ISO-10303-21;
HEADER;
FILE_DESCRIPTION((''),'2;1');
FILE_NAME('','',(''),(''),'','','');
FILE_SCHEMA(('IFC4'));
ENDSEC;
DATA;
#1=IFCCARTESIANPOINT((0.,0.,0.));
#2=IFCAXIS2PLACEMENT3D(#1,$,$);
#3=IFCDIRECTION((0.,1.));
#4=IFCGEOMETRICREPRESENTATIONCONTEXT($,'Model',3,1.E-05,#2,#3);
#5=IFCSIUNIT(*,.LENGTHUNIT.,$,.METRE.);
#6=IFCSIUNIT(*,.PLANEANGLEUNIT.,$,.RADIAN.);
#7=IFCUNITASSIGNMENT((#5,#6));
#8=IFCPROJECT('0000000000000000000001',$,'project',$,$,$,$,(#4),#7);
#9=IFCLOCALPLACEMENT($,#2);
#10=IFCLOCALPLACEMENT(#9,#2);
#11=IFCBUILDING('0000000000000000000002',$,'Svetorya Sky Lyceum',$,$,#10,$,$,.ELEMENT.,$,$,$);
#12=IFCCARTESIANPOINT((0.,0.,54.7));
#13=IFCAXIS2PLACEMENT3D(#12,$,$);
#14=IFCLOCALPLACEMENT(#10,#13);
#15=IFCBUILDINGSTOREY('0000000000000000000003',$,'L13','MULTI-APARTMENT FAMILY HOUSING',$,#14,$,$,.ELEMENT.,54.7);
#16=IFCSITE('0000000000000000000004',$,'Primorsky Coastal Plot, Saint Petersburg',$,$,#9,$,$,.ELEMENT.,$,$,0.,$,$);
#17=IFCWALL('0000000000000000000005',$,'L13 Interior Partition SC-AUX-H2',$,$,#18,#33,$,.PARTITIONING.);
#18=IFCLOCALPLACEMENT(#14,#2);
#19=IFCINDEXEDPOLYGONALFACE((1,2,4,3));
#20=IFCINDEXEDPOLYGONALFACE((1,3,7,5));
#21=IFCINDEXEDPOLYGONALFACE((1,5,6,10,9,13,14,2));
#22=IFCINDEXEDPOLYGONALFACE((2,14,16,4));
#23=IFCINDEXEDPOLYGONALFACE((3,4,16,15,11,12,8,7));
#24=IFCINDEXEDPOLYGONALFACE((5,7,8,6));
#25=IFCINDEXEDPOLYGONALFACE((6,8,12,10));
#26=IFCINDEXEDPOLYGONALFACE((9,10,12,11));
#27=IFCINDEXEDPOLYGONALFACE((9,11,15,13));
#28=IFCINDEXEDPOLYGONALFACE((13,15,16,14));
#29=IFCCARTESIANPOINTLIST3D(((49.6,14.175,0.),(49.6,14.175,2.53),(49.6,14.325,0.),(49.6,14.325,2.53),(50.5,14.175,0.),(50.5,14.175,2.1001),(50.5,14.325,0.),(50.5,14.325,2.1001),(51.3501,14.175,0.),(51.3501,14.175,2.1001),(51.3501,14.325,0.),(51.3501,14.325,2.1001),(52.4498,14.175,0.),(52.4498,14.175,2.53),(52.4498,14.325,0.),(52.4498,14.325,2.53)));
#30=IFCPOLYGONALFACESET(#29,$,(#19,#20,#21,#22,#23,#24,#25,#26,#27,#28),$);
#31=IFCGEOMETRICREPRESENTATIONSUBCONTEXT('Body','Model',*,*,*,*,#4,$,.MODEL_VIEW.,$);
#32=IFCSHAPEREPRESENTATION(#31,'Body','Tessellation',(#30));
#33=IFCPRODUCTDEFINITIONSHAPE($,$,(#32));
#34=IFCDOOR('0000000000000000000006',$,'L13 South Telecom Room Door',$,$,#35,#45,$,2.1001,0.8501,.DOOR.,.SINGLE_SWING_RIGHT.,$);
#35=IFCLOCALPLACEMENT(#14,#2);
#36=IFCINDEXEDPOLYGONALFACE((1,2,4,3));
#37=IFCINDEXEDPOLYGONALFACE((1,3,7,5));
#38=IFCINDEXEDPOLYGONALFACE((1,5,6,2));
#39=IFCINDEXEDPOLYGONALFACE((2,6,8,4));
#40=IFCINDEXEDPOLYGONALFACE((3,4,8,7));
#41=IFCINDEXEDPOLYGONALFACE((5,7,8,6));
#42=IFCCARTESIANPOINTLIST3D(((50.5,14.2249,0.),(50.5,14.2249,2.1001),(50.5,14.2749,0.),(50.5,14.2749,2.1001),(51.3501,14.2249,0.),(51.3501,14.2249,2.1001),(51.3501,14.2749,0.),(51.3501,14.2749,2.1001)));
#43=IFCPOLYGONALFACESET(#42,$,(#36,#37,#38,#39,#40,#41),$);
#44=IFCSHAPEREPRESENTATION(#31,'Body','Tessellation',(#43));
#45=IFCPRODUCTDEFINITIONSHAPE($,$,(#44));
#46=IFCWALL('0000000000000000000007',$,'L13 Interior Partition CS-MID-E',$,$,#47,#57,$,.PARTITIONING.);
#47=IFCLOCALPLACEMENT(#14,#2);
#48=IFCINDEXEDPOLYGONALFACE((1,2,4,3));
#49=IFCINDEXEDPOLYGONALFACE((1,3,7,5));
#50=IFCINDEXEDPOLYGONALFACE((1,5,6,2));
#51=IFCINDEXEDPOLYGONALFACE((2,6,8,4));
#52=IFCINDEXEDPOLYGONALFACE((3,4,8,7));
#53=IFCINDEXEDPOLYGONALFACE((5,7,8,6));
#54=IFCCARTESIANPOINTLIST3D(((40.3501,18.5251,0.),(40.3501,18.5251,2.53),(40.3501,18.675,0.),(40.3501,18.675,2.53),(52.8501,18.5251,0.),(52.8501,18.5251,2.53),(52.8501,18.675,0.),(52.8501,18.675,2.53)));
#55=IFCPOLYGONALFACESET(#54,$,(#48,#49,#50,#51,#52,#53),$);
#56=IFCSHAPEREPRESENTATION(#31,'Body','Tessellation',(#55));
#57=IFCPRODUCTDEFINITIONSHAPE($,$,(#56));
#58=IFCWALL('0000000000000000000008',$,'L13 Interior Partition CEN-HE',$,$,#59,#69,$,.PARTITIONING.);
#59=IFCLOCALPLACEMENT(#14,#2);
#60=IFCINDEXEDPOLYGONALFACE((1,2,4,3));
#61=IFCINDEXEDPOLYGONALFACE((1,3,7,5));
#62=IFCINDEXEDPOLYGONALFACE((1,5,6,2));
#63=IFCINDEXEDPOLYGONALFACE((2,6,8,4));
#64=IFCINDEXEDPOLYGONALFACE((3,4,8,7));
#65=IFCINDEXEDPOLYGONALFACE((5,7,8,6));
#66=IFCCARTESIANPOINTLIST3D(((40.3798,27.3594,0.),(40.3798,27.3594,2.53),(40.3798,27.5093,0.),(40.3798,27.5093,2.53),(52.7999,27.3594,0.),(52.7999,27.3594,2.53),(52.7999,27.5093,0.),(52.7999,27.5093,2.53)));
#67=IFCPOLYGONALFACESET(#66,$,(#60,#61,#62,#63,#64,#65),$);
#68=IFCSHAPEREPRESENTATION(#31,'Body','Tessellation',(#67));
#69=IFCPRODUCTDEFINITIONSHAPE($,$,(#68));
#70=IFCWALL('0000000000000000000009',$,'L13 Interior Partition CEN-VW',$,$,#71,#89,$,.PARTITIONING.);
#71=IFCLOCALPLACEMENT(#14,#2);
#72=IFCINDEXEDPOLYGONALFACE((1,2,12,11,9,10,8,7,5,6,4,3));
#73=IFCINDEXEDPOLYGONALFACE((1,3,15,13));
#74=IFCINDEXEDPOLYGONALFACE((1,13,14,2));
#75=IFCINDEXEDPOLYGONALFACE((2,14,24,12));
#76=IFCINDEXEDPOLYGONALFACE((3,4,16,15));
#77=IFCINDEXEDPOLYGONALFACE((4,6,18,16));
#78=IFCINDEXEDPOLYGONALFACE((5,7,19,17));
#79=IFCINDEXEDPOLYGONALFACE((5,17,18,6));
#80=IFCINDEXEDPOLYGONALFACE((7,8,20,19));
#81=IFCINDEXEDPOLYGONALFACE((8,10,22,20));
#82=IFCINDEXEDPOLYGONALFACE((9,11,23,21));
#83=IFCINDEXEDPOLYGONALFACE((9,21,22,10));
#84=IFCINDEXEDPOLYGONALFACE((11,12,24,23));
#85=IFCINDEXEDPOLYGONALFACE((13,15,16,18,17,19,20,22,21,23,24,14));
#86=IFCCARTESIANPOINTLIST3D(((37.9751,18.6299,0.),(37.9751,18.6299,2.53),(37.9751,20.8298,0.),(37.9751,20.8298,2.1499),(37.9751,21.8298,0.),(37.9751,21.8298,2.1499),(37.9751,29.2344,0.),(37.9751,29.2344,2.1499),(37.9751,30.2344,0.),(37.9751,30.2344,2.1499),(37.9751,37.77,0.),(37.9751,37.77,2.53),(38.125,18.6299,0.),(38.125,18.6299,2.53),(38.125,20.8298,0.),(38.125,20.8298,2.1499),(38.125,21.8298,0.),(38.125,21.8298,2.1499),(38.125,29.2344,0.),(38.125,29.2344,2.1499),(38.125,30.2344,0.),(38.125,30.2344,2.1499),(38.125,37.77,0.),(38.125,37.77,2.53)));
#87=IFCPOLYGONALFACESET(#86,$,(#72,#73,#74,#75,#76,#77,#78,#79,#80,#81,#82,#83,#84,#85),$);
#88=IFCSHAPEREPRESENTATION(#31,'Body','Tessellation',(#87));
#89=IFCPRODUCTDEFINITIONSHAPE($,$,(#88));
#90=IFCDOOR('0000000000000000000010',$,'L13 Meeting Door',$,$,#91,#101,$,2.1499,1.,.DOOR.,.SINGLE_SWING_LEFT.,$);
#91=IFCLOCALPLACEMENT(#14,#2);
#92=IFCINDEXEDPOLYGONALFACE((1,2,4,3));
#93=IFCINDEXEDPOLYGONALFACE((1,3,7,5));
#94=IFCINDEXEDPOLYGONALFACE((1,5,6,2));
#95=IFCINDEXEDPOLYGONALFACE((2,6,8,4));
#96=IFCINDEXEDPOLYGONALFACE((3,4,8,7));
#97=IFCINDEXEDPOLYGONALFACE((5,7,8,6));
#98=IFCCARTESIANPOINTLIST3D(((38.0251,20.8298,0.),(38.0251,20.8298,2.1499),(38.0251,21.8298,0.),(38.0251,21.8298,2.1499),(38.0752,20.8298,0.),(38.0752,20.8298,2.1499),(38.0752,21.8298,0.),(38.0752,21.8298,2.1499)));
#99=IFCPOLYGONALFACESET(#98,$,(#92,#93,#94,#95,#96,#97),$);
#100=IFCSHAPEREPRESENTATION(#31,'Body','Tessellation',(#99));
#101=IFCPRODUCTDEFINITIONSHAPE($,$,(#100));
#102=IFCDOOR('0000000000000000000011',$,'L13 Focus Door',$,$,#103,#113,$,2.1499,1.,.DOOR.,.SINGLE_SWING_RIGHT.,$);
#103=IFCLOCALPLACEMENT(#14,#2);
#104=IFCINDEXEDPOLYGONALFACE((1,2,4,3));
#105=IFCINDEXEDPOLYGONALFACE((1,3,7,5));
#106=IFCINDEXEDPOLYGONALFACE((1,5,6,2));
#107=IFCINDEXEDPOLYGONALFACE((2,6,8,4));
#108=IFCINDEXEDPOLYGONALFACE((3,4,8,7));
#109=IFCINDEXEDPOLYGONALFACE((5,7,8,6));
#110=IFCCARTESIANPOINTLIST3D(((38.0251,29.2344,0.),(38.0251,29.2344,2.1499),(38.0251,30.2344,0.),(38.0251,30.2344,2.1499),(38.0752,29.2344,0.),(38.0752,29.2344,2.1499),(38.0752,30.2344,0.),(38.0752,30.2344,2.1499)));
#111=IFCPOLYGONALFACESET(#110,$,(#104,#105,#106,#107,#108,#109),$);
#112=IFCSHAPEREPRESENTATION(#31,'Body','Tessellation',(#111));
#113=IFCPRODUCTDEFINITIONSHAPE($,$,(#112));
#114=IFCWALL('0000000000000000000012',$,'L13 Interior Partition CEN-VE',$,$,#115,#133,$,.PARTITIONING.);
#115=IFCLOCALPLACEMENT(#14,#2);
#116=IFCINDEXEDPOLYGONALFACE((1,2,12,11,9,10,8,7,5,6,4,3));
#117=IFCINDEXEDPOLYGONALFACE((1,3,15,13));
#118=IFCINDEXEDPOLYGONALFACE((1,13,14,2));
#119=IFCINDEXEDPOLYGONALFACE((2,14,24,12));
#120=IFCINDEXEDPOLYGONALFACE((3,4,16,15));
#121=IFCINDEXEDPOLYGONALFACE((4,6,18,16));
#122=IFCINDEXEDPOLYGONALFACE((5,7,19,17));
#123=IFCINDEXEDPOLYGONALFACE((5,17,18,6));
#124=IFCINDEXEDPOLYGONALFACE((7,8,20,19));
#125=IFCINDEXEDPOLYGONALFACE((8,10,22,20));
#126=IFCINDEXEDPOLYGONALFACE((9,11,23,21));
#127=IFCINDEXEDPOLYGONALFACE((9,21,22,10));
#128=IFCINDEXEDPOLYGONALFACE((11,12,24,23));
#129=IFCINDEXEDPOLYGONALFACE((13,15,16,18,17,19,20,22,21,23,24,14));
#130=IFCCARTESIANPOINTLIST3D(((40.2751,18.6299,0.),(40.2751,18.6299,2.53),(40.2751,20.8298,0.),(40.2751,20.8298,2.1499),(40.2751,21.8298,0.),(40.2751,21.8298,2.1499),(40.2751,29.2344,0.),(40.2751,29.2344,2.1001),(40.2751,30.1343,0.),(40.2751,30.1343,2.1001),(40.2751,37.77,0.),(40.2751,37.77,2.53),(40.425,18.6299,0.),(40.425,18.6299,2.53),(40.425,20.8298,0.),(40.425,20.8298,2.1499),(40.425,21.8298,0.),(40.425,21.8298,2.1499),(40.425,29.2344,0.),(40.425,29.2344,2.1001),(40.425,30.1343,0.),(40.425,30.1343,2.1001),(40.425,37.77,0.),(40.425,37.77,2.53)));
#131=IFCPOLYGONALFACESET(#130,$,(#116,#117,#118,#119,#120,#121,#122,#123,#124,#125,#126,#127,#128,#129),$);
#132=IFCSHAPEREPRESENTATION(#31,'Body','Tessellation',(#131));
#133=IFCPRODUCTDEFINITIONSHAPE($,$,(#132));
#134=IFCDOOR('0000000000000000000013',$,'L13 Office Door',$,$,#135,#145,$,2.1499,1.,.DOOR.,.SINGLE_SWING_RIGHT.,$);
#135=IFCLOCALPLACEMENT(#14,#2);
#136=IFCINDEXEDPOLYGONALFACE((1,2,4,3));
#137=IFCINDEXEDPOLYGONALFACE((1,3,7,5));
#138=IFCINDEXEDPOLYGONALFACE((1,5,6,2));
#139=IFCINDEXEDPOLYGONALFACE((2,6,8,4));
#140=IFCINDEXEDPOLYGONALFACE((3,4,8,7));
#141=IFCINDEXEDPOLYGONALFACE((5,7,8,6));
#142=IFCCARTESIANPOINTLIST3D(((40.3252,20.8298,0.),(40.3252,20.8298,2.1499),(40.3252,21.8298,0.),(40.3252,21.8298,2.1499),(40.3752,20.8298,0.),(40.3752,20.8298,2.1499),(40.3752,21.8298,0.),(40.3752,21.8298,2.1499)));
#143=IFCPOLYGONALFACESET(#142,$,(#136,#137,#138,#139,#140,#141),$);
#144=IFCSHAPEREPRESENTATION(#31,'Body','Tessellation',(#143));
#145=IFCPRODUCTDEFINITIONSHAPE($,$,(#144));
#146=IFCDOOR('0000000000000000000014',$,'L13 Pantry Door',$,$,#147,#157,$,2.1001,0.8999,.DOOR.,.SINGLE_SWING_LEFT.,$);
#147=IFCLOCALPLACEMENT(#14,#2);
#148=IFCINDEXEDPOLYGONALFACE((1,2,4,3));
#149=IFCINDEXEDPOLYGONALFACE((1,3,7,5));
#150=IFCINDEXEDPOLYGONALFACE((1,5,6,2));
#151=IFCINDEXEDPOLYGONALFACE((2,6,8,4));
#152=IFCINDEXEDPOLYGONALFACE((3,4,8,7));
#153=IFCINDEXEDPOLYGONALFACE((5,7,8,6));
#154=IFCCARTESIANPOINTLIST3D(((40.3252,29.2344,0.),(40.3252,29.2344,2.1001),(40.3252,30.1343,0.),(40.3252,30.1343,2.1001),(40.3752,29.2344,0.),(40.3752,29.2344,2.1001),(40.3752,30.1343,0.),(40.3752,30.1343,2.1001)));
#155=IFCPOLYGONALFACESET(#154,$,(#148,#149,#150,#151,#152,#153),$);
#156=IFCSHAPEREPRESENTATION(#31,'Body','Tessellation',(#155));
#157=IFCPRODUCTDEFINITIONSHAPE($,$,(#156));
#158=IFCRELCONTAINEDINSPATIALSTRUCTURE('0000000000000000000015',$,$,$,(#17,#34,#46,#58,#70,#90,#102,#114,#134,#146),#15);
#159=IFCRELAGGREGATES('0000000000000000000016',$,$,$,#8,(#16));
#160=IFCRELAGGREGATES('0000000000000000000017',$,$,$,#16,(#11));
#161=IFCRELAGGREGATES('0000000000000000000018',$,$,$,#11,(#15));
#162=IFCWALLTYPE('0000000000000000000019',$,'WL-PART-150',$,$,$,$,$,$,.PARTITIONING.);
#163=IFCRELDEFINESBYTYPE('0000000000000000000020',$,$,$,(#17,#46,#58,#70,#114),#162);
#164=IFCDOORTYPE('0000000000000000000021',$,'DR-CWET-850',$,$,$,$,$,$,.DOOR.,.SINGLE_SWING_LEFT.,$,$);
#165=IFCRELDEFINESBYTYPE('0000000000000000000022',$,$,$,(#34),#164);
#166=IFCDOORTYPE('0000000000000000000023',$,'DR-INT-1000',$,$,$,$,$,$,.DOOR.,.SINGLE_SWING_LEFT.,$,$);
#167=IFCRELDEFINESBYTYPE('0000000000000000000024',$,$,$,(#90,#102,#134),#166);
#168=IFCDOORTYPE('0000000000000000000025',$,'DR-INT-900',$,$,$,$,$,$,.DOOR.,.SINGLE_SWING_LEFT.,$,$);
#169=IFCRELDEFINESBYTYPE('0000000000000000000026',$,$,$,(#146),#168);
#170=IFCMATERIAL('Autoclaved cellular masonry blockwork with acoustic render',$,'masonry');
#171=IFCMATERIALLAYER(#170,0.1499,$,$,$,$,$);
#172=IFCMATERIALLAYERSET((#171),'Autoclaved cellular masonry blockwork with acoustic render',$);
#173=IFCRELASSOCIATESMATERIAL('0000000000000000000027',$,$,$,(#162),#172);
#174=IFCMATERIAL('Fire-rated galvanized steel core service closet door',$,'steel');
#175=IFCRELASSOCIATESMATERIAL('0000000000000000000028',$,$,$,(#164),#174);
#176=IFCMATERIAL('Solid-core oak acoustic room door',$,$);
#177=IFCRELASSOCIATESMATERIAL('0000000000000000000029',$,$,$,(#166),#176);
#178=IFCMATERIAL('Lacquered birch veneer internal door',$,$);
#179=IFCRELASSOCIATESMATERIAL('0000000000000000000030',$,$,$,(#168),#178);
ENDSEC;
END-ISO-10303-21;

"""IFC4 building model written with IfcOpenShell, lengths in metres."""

from ifc_helpers import new_model, si_unit, direction, frame, frame_2d, origin, place, context, subcontext, project, spatial, rectangle, extrude, material, layer, layer_set, type_object, element, fill, save


model = new_model("IFC4")

# Units and contexts
model_context = context("Model", 3, precision=1e-05, world=origin(), true_north=direction((0.0, 1.0)))
body_context = subcontext(model_context, "Body", "Model", "MODEL_VIEW")
ifc_project = project(units=[si_unit("LENGTHUNIT", "METRE"), si_unit("PLANEANGLEUNIT", "RADIAN")], contexts=[model_context])

# Site, building, storey
site_placement = place(None, origin())
site = spatial("IfcSite", under=ifc_project, at=site_placement, Name="Primorsky Coastal Plot, Saint Petersburg", CompositionType="ELEMENT", RefElevation=0.0)
building_placement = place(site_placement, origin())
building = spatial("IfcBuilding", under=site, at=building_placement, Name="Svetorya Sky Lyceum", CompositionType="ELEMENT")
storey_placement = place(building_placement, frame((0.0, 0.0, 54.7)))
storey = spatial("IfcBuildingStorey", under=building, at=storey_placement, Name="L13", Description="MULTI-APARTMENT FAMILY HOUSING", CompositionType="ELEMENT", Elevation=54.7)

# Shared definitions
ifc_material_1 = material(Name="Autoclaved cellular masonry blockwork with acoustic render", Category="masonry")
ifc_layer_1 = layer(ifc_material_1, 0.1499)
ifc_layer_set_1 = layer_set([ifc_layer_1], Name="Autoclaved cellular masonry blockwork with acoustic render")
wall_type_1 = type_object("IfcWallType", Name="WL-PART-150", PredefinedType="PARTITIONING", material=ifc_layer_set_1)

# Wall, opening, door
wall_1_placement = place(storey_placement, frame((49.6001, 14.25, 0.0), z_axis=(0.0, 0.0, 1.0), x_axis=(1.0, 0.0, 0.0)))
wall_1 = element("IfcWall", 1, at=wall_1_placement, inside=storey, type_object=wall_type_1, Name="L13 Interior Partition SC-AUX-H2", PredefinedType="PARTITIONING", context=body_context, shape_type="SweptSolid", body=[
    extrude(rectangle(XDim=2.8499, YDim=0.1499, at=frame_2d((1.4248, 0.0))), origin(), (0.0, 0.0, 1.0), 2.53),
])
opening_1_placement = place(wall_1_placement, frame((0.8999, 0.0, 0.0)))
opening_1 = element("IfcOpeningElement", 2, at=opening_1_placement, cuts=wall_1, PredefinedType="OPENING", context=body_context, shape_type="SweptSolid", body=[
    extrude(rectangle(XDim=0.8501, YDim=2.1001, at=frame_2d((0.425, 1.05))), frame((0.0, 0.085, 0.0), z_axis=(0.0, -1.0, 0.0), x_axis=(1.0, 0.0, 0.0)), (0.0, 0.0, 1.0), 0.1699),
])
ifc_material_2 = material(Name="Fire-rated galvanized steel core service closet door", Category="steel")
door_type_1 = type_object("IfcDoorType", Name="DR-CWET-850", OperationType="SINGLE_SWING_LEFT", PredefinedType="DOOR", material=ifc_material_2)
door_1_placement = place(opening_1_placement, origin())
door_1 = element("IfcDoor", 3, at=door_1_placement, inside=storey, type_object=door_type_1, Name="L13 South Telecom Room Door", OperationType="SINGLE_SWING_RIGHT", OverallHeight=2.1001, OverallWidth=0.8501, PredefinedType="DOOR", context=body_context, shape_type="SweptSolid", body=[
    extrude(rectangle(XDim=0.8501, YDim=2.1001, at=frame_2d((0.425, 1.05))), frame((0.0, 0.0249, 0.0), z_axis=(0.0, -1.0, 0.0), x_axis=(1.0, 0.0, 0.0)), (0.0, 0.0, 1.0), 0.05),
])
fill(opening_1, door_1)

# Walls
wall_2_placement = place(storey_placement, frame((40.3501, 18.6001, 0.0), z_axis=(0.0, 0.0, 1.0), x_axis=(1.0, 0.0, 0.0)))
element("IfcWall", 4, at=wall_2_placement, inside=storey, type_object=wall_type_1, Name="L13 Interior Partition CS-MID-E", PredefinedType="PARTITIONING", context=body_context, shape_type="SweptSolid", body=[
    extrude(rectangle(XDim=12.5, YDim=0.1499, at=frame_2d((6.25, 0.0))), origin(), (0.0, 0.0, 1.0), 2.53),
])
wall_3_placement = place(storey_placement, frame((40.3799, 27.4343, 0.0), z_axis=(0.0, 0.0, 1.0), x_axis=(1.0, 0.0, 0.0)))
element("IfcWall", 5, at=wall_3_placement, inside=storey, type_object=wall_type_1, Name="L13 Interior Partition CEN-HE", PredefinedType="PARTITIONING", context=body_context, shape_type="SweptSolid", body=[
    extrude(rectangle(XDim=12.4202, YDim=0.1499, at=frame_2d((6.21, 0.0))), origin(), (0.0, 0.0, 1.0), 2.53),
])

# Walls, openings, doors
wall_4_placement = place(storey_placement, frame((38.05, 18.6299, 0.0), z_axis=(0.0, 0.0, 1.0), x_axis=(0.0, 1.0, 0.0)))
wall_4 = element("IfcWall", 6, at=wall_4_placement, inside=storey, type_object=wall_type_1, Name="L13 Interior Partition CEN-VW", PredefinedType="PARTITIONING", context=body_context, shape_type="SweptSolid", body=[
    extrude(rectangle(XDim=19.1401, YDim=0.1499, at=frame_2d((9.5701, 0.0))), origin(), (0.0, 0.0, 1.0), 2.53),
])
opening_2_placement = place(wall_4_placement, frame((2.2, 0.0, 0.0)))
opening_2 = element("IfcOpeningElement", 7, at=opening_2_placement, cuts=wall_4, PredefinedType="OPENING", context=body_context, shape_type="SweptSolid", body=[
    extrude(rectangle(XDim=1.0, YDim=2.1499, at=frame_2d((0.5, 1.075))), frame((0.0, 0.085, 0.0), z_axis=(0.0, -1.0, 0.0), x_axis=(1.0, 0.0, 0.0)), (0.0, 0.0, 1.0), 0.1699),
])
opening_3_placement = place(wall_4_placement, frame((10.6045, 0.0, 0.0)))
opening_3 = element("IfcOpeningElement", 8, at=opening_3_placement, cuts=wall_4, PredefinedType="OPENING", context=body_context, shape_type="SweptSolid", body=[
    extrude(rectangle(XDim=1.0, YDim=2.1499, at=frame_2d((0.5, 1.075))), frame((0.0, 0.085, 0.0), z_axis=(0.0, -1.0, 0.0), x_axis=(1.0, 0.0, 0.0)), (0.0, 0.0, 1.0), 0.1699),
])
ifc_material_3 = material(Name="Solid-core oak acoustic room door")
door_type_2 = type_object("IfcDoorType", Name="DR-INT-1000", OperationType="SINGLE_SWING_LEFT", PredefinedType="DOOR", material=ifc_material_3)
door_2_placement = place(opening_2_placement, origin())
door_2 = element("IfcDoor", 9, at=door_2_placement, inside=storey, type_object=door_type_2, Name="L13 Meeting Door", OperationType="SINGLE_SWING_LEFT", OverallHeight=2.1499, OverallWidth=1.0, PredefinedType="DOOR", context=body_context, shape_type="SweptSolid", body=[
    extrude(rectangle(XDim=1.0, YDim=2.1499, at=frame_2d((0.5, 1.075))), frame((0.0, 0.0249, 0.0), z_axis=(0.0, -1.0, 0.0), x_axis=(1.0, 0.0, 0.0)), (0.0, 0.0, 1.0), 0.05),
])
fill(opening_2, door_2)
door_3_placement = place(opening_3_placement, origin())
door_3 = element("IfcDoor", 10, at=door_3_placement, inside=storey, type_object=door_type_2, Name="L13 Focus Door", OperationType="SINGLE_SWING_RIGHT", OverallHeight=2.1499, OverallWidth=1.0, PredefinedType="DOOR", context=body_context, shape_type="SweptSolid", body=[
    extrude(rectangle(XDim=1.0, YDim=2.1499, at=frame_2d((0.5, 1.075))), frame((0.0, 0.0249, 0.0), z_axis=(0.0, -1.0, 0.0), x_axis=(1.0, 0.0, 0.0)), (0.0, 0.0, 1.0), 0.05),
])
fill(opening_3, door_3)
wall_5_placement = place(storey_placement, frame((40.3501, 18.6299, 0.0), z_axis=(0.0, 0.0, 1.0), x_axis=(0.0, 1.0, 0.0)))
wall_5 = element("IfcWall", 11, at=wall_5_placement, inside=storey, type_object=wall_type_1, Name="L13 Interior Partition CEN-VE", PredefinedType="PARTITIONING", context=body_context, shape_type="SweptSolid", body=[
    extrude(rectangle(XDim=19.1401, YDim=0.1499, at=frame_2d((9.5701, 0.0))), origin(), (0.0, 0.0, 1.0), 2.53),
])
opening_4_placement = place(wall_5_placement, frame((2.2, 0.0, 0.0)))
opening_4 = element("IfcOpeningElement", 12, at=opening_4_placement, cuts=wall_5, PredefinedType="OPENING", context=body_context, shape_type="SweptSolid", body=[
    extrude(rectangle(XDim=1.0, YDim=2.1499, at=frame_2d((0.5, 1.075))), frame((0.0, 0.085, 0.0), z_axis=(0.0, -1.0, 0.0), x_axis=(1.0, 0.0, 0.0)), (0.0, 0.0, 1.0), 0.1699),
])
opening_5_placement = place(wall_5_placement, frame((10.6045, 0.0, 0.0)))
opening_5 = element("IfcOpeningElement", 13, at=opening_5_placement, cuts=wall_5, PredefinedType="OPENING", context=body_context, shape_type="SweptSolid", body=[
    extrude(rectangle(XDim=0.8999, YDim=2.1001, at=frame_2d((0.45, 1.05))), frame((0.0, 0.085, 0.0), z_axis=(0.0, -1.0, 0.0), x_axis=(1.0, 0.0, 0.0)), (0.0, 0.0, 1.0), 0.1699),
])
door_4_placement = place(opening_4_placement, origin())
door_4 = element("IfcDoor", 14, at=door_4_placement, inside=storey, type_object=door_type_2, Name="L13 Office Door", OperationType="SINGLE_SWING_RIGHT", OverallHeight=2.1499, OverallWidth=1.0, PredefinedType="DOOR", context=body_context, shape_type="SweptSolid", body=[
    extrude(rectangle(XDim=1.0, YDim=2.1499, at=frame_2d((0.5, 1.075))), frame((0.0, 0.0249, 0.0), z_axis=(0.0, -1.0, 0.0), x_axis=(1.0, 0.0, 0.0)), (0.0, 0.0, 1.0), 0.05),
])
fill(opening_4, door_4)
ifc_material_4 = material(Name="Lacquered birch veneer internal door")
door_type_3 = type_object("IfcDoorType", Name="DR-INT-900", OperationType="SINGLE_SWING_LEFT", PredefinedType="DOOR", material=ifc_material_4)
door_5_placement = place(opening_5_placement, origin())
door_5 = element("IfcDoor", 15, at=door_5_placement, inside=storey, type_object=door_type_3, Name="L13 Pantry Door", OperationType="SINGLE_SWING_LEFT", OverallHeight=2.1001, OverallWidth=0.8999, PredefinedType="DOOR", context=body_context, shape_type="SweptSolid", body=[
    extrude(rectangle(XDim=0.8999, YDim=2.1001, at=frame_2d((0.45, 1.05))), frame((0.0, 0.0249, 0.0), z_axis=(0.0, -1.0, 0.0), x_axis=(1.0, 0.0, 0.0)), (0.0, 0.0, 1.0), 0.05),
])
fill(opening_5, door_5)

save(model, "model.ifc")
